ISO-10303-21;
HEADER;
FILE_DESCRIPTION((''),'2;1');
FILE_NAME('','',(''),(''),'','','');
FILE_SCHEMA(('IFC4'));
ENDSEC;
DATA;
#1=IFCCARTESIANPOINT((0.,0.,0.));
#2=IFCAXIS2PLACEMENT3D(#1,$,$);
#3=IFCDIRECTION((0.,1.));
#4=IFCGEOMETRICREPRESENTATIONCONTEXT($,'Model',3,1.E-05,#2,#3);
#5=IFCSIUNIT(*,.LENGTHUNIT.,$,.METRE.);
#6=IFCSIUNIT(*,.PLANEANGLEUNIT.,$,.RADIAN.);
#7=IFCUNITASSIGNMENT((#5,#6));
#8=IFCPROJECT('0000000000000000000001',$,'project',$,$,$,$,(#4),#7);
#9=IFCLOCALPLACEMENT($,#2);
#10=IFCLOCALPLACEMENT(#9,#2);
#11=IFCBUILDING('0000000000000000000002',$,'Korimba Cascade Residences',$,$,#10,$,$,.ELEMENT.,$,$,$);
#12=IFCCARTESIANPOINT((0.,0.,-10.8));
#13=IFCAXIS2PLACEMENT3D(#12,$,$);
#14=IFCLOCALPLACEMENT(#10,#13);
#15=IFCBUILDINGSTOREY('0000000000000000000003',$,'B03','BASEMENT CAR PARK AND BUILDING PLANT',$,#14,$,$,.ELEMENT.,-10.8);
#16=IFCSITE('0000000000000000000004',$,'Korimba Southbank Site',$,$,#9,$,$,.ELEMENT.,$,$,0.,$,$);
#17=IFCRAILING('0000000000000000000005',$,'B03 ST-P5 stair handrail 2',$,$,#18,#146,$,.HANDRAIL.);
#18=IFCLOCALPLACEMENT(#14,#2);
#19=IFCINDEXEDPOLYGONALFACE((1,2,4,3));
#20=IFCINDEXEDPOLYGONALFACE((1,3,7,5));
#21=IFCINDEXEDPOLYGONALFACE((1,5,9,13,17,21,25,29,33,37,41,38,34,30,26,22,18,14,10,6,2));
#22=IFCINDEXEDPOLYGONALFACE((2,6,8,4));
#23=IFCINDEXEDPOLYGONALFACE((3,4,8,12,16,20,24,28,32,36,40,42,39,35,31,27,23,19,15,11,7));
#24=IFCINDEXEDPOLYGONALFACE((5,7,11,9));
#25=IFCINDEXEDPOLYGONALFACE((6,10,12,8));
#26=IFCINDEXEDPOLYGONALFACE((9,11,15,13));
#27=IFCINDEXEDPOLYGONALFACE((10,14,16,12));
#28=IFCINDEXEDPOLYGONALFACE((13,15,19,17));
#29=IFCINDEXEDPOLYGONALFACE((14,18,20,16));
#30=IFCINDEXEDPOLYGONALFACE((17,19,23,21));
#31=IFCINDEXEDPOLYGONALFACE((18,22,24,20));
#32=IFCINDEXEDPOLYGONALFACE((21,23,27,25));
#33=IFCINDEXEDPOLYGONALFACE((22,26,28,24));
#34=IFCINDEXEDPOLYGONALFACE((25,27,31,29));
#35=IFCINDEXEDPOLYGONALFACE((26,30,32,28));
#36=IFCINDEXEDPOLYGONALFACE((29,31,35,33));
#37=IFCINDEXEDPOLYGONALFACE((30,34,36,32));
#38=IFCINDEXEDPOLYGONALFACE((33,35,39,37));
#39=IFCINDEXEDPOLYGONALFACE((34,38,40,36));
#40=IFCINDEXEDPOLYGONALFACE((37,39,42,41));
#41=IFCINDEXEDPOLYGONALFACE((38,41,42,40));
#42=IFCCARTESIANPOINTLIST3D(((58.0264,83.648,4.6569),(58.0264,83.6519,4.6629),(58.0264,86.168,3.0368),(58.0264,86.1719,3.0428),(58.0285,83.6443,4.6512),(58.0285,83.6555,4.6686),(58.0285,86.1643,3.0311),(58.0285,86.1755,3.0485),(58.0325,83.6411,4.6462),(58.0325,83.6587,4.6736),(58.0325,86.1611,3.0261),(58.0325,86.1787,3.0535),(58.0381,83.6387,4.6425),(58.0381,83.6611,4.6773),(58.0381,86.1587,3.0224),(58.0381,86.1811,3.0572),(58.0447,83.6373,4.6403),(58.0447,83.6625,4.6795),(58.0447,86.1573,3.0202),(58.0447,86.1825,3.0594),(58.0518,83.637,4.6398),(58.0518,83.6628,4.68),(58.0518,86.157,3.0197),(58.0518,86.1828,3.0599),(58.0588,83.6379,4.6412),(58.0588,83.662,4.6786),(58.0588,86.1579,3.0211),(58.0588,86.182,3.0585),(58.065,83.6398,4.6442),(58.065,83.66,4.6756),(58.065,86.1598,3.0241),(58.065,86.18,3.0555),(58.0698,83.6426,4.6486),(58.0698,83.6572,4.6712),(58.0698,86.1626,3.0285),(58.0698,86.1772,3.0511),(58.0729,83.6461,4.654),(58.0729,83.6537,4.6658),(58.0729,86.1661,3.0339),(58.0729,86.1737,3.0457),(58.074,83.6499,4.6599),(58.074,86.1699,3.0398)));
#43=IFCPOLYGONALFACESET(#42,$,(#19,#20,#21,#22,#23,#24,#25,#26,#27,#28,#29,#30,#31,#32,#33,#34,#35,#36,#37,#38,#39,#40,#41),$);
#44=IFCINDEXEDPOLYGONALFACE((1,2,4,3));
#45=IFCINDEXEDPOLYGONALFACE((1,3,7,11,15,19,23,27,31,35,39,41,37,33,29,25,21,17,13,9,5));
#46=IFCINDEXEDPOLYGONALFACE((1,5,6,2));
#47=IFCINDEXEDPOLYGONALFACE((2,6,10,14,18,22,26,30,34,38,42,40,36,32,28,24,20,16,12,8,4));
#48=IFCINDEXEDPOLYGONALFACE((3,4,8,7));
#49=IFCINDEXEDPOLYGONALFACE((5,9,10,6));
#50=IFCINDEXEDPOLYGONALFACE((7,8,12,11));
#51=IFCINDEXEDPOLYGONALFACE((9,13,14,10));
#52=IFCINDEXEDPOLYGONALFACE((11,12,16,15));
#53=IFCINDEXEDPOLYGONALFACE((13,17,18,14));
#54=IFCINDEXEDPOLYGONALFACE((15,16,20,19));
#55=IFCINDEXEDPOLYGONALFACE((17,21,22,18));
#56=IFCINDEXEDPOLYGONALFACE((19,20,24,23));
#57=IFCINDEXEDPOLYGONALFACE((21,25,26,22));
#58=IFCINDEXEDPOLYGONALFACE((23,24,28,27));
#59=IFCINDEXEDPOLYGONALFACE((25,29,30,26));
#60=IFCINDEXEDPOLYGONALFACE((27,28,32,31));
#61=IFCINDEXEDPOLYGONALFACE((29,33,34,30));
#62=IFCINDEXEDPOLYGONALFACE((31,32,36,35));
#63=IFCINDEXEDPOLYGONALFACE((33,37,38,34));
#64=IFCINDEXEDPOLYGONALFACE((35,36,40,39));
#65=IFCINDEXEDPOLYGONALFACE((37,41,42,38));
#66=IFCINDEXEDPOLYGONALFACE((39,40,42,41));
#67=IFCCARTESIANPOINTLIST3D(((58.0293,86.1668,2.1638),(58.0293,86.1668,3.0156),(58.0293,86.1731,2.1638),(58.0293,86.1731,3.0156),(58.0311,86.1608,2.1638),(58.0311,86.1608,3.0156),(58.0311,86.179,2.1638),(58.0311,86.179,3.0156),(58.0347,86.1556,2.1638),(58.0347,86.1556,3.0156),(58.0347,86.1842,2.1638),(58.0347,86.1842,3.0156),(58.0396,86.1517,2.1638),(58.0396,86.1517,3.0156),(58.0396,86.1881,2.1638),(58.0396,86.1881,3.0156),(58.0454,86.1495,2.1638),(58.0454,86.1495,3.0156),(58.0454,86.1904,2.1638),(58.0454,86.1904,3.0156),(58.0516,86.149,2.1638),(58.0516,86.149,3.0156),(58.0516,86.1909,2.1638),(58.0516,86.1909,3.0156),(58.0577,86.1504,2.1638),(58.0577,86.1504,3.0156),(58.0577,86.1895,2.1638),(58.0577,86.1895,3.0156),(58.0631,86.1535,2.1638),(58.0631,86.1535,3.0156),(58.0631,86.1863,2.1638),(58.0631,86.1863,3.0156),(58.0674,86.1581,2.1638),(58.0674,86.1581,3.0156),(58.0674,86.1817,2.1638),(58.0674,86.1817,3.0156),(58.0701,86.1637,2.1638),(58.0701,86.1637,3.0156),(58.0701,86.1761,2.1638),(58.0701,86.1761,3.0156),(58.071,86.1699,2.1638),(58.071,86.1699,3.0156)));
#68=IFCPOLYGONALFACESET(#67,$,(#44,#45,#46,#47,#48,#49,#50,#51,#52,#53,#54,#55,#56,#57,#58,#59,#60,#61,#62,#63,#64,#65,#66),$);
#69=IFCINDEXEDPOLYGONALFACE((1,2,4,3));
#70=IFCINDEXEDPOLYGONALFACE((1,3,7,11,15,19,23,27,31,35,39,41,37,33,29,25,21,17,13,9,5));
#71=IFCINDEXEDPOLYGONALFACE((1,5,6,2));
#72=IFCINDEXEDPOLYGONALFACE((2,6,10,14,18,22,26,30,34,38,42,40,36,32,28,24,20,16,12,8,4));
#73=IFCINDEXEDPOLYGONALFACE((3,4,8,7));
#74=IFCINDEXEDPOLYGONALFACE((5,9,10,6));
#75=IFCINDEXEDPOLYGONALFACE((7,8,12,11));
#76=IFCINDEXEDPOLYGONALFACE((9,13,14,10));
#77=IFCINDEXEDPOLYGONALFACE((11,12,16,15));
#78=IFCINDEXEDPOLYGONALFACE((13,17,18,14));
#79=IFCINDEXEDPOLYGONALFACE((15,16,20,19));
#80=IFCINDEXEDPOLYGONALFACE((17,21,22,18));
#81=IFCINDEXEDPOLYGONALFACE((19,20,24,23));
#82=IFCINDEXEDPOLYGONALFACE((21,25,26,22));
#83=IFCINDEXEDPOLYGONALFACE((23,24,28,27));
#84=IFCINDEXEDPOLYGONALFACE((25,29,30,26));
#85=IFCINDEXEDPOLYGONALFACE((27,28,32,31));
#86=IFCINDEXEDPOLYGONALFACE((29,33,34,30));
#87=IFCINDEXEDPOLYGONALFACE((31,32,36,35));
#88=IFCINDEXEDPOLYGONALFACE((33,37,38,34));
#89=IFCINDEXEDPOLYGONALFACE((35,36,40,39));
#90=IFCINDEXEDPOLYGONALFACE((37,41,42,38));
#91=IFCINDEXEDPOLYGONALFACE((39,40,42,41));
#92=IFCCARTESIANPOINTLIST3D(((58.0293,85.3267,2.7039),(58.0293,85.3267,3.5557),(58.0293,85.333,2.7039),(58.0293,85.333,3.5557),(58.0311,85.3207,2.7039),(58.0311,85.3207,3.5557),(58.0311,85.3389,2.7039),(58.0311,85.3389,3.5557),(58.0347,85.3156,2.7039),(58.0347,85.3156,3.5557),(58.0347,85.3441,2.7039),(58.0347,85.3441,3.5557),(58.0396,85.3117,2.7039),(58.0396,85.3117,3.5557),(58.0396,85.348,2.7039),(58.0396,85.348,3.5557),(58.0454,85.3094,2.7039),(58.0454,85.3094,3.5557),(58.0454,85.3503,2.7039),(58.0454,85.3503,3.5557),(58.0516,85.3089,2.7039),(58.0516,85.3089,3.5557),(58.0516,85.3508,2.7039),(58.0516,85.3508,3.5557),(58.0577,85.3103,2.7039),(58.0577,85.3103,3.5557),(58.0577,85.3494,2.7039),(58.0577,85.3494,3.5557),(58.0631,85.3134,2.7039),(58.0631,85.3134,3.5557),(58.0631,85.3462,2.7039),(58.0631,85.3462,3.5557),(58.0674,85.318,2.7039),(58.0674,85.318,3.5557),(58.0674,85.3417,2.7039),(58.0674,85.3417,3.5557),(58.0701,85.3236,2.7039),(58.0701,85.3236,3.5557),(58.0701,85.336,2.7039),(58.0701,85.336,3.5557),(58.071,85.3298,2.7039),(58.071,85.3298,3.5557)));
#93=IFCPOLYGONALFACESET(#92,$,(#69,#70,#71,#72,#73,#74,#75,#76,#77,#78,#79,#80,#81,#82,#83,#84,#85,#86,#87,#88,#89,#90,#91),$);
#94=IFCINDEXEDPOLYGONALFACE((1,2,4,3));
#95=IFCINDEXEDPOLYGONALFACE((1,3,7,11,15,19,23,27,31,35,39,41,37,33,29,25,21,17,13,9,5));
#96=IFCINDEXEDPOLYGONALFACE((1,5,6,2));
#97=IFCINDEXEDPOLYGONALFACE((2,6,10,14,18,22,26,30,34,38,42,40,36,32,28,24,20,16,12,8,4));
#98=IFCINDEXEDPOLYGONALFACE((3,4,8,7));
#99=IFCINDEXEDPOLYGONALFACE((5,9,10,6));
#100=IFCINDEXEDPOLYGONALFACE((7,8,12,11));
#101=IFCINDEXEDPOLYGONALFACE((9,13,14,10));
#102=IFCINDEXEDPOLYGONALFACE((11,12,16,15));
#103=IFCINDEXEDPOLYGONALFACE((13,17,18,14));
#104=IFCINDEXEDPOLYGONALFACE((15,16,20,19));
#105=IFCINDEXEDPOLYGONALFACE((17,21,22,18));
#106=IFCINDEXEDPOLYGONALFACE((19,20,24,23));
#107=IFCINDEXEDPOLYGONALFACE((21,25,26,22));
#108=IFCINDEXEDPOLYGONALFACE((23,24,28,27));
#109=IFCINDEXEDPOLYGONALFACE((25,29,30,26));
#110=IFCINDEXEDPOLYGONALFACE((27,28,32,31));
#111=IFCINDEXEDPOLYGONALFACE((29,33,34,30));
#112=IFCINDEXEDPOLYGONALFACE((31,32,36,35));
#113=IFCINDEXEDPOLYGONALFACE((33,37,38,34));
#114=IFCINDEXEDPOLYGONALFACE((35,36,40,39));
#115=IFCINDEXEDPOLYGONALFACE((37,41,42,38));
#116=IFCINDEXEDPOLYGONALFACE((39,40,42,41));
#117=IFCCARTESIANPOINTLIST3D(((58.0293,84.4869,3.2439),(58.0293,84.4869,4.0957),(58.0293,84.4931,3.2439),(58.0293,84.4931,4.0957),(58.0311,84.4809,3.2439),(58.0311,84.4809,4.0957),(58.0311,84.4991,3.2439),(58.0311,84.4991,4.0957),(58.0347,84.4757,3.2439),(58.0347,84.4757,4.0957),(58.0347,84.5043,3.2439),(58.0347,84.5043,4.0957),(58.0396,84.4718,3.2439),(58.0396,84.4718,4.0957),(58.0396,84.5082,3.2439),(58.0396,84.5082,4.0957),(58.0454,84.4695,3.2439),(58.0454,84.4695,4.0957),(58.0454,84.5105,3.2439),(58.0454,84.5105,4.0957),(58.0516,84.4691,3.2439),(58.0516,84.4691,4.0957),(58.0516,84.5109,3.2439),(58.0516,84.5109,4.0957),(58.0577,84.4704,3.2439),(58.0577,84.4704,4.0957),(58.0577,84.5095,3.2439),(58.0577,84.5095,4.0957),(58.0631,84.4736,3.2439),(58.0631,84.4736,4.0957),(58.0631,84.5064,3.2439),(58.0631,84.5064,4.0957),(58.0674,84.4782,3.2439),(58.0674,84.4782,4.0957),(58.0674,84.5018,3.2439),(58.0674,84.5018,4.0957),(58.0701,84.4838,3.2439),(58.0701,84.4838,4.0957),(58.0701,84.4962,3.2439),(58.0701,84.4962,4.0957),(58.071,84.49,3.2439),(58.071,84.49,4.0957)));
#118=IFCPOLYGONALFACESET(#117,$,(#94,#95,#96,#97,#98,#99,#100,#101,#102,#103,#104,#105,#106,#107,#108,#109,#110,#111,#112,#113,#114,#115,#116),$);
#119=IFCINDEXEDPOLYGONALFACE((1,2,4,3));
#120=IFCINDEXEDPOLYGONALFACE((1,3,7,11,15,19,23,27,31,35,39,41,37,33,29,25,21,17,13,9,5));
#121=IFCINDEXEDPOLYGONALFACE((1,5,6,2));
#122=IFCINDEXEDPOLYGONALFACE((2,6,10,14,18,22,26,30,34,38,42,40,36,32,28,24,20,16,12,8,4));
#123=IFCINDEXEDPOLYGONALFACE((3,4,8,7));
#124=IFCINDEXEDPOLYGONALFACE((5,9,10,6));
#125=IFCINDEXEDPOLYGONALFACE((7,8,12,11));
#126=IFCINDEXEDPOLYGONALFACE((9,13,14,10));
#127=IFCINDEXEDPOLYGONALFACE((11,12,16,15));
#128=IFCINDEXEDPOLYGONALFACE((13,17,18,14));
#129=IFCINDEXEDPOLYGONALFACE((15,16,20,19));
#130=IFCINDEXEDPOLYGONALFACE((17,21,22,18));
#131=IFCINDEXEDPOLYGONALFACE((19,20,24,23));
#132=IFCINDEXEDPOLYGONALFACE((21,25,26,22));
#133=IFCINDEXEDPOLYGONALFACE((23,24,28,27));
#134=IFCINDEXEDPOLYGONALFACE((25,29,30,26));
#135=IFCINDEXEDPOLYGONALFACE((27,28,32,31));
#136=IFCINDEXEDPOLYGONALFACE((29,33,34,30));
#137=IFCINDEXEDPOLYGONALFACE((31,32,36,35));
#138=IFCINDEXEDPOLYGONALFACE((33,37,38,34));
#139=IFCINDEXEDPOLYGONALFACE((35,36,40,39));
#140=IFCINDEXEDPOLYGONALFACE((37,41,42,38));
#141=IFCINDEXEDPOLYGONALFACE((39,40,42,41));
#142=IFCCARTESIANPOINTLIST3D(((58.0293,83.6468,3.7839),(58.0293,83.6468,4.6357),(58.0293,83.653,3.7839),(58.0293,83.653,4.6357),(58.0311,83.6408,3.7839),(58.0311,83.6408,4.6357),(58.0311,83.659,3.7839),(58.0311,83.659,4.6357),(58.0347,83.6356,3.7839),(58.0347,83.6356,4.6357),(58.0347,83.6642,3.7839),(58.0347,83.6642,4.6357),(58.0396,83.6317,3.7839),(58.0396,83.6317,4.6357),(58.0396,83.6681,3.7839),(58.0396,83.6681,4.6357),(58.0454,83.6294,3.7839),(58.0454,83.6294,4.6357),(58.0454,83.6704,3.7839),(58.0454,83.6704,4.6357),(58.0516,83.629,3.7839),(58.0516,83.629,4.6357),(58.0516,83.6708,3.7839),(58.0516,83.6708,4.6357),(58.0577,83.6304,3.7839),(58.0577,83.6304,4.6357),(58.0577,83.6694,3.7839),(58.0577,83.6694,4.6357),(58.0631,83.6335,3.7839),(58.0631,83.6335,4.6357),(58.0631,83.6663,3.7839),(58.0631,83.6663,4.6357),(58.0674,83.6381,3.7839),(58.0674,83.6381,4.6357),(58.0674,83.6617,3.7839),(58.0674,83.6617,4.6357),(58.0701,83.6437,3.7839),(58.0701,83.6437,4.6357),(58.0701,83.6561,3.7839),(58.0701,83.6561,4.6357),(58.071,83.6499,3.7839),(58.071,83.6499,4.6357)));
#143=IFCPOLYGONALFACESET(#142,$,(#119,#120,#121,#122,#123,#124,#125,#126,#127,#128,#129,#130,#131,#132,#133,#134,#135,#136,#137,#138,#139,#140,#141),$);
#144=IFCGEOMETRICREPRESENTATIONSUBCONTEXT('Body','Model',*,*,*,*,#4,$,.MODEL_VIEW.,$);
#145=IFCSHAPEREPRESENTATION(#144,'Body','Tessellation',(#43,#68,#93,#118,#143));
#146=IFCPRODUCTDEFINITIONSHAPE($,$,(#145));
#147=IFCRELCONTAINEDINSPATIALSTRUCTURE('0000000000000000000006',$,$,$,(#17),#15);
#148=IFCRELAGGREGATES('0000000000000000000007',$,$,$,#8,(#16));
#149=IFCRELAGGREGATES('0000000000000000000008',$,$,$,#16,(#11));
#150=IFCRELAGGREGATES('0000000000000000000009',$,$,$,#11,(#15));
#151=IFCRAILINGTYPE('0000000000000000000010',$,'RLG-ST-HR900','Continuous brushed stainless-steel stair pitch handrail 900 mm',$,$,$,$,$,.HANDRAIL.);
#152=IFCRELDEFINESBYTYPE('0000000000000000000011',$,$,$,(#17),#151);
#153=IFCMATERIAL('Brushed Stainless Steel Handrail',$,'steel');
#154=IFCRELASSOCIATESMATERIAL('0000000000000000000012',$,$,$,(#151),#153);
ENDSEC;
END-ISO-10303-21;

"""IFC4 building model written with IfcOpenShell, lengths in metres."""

from ifc_helpers import new_model, si_unit, direction, frame, origin, origin_2d, place, context, subcontext, project, spatial, circle, extrude, material, type_object, element, save


model = new_model("IFC4")

# Units and contexts
model_context = context("Model", 3, precision=1e-05, world=origin(), true_north=direction((0.0, 1.0)))
body_context = subcontext(model_context, "Body", "Model", "MODEL_VIEW")
ifc_project = project(units=[si_unit("LENGTHUNIT", "METRE"), si_unit("PLANEANGLEUNIT", "RADIAN")], contexts=[model_context])

# Site, building, storey
site_placement = place(None, origin())
site = spatial("IfcSite", under=ifc_project, at=site_placement, Name="Korimba Southbank Site", CompositionType="ELEMENT", RefElevation=0.0)
building_placement = place(site_placement, origin())
building = spatial("IfcBuilding", under=site, at=building_placement, Name="Korimba Cascade Residences", CompositionType="ELEMENT")
storey_placement = place(building_placement, frame((0.0, 0.0, -10.8)))
storey = spatial("IfcBuildingStorey", under=building, at=storey_placement, Name="B03", Description="BASEMENT CAR PARK AND BUILDING PLANT", CompositionType="ELEMENT", Elevation=-10.8)

# Railing
ifc_material_1 = material(Name="Brushed Stainless Steel Handrail", Category="steel")
railing_type_1 = type_object("IfcRailingType", Name="RLG-ST-HR900", Description="Continuous brushed stainless-steel stair pitch handrail 900 mm", PredefinedType="HANDRAIL", material=ifc_material_1)
railing_1_placement = place(storey_placement, frame((58.05, 86.1699, 2.1638)))
element("IfcRailing", 1, at=railing_1_placement, inside=storey, type_object=railing_type_1, Name="B03 ST-P5 stair handrail 2", PredefinedType="HANDRAIL", context=body_context, shape_type="SweptSolid", body=[
    extrude(circle(Radius=0.0239, at=origin_2d()), frame((0.0, 0.0, 0.876), z_axis=(0.0, -0.841163, 0.540782), x_axis=(1.0, 0.0, 0.0)), (0.0, 0.0, 1.0), 2.9958),
    extrude(circle(Radius=0.021, at=origin_2d()), origin(), (0.0, 0.0, 1.0), 0.8518),
    extrude(circle(Radius=0.021, at=origin_2d()), frame((0.0, -0.8401, 0.54)), (0.0, 0.0, 1.0), 0.8518),
    extrude(circle(Radius=0.021, at=origin_2d()), frame((0.0, -1.6799, 1.0801)), (0.0, 0.0, 1.0), 0.8518),
    extrude(circle(Radius=0.021, at=origin_2d()), frame((0.0, -2.52, 1.6201)), (0.0, 0.0, 1.0), 0.8518),
])

save(model, "model.ifc")
